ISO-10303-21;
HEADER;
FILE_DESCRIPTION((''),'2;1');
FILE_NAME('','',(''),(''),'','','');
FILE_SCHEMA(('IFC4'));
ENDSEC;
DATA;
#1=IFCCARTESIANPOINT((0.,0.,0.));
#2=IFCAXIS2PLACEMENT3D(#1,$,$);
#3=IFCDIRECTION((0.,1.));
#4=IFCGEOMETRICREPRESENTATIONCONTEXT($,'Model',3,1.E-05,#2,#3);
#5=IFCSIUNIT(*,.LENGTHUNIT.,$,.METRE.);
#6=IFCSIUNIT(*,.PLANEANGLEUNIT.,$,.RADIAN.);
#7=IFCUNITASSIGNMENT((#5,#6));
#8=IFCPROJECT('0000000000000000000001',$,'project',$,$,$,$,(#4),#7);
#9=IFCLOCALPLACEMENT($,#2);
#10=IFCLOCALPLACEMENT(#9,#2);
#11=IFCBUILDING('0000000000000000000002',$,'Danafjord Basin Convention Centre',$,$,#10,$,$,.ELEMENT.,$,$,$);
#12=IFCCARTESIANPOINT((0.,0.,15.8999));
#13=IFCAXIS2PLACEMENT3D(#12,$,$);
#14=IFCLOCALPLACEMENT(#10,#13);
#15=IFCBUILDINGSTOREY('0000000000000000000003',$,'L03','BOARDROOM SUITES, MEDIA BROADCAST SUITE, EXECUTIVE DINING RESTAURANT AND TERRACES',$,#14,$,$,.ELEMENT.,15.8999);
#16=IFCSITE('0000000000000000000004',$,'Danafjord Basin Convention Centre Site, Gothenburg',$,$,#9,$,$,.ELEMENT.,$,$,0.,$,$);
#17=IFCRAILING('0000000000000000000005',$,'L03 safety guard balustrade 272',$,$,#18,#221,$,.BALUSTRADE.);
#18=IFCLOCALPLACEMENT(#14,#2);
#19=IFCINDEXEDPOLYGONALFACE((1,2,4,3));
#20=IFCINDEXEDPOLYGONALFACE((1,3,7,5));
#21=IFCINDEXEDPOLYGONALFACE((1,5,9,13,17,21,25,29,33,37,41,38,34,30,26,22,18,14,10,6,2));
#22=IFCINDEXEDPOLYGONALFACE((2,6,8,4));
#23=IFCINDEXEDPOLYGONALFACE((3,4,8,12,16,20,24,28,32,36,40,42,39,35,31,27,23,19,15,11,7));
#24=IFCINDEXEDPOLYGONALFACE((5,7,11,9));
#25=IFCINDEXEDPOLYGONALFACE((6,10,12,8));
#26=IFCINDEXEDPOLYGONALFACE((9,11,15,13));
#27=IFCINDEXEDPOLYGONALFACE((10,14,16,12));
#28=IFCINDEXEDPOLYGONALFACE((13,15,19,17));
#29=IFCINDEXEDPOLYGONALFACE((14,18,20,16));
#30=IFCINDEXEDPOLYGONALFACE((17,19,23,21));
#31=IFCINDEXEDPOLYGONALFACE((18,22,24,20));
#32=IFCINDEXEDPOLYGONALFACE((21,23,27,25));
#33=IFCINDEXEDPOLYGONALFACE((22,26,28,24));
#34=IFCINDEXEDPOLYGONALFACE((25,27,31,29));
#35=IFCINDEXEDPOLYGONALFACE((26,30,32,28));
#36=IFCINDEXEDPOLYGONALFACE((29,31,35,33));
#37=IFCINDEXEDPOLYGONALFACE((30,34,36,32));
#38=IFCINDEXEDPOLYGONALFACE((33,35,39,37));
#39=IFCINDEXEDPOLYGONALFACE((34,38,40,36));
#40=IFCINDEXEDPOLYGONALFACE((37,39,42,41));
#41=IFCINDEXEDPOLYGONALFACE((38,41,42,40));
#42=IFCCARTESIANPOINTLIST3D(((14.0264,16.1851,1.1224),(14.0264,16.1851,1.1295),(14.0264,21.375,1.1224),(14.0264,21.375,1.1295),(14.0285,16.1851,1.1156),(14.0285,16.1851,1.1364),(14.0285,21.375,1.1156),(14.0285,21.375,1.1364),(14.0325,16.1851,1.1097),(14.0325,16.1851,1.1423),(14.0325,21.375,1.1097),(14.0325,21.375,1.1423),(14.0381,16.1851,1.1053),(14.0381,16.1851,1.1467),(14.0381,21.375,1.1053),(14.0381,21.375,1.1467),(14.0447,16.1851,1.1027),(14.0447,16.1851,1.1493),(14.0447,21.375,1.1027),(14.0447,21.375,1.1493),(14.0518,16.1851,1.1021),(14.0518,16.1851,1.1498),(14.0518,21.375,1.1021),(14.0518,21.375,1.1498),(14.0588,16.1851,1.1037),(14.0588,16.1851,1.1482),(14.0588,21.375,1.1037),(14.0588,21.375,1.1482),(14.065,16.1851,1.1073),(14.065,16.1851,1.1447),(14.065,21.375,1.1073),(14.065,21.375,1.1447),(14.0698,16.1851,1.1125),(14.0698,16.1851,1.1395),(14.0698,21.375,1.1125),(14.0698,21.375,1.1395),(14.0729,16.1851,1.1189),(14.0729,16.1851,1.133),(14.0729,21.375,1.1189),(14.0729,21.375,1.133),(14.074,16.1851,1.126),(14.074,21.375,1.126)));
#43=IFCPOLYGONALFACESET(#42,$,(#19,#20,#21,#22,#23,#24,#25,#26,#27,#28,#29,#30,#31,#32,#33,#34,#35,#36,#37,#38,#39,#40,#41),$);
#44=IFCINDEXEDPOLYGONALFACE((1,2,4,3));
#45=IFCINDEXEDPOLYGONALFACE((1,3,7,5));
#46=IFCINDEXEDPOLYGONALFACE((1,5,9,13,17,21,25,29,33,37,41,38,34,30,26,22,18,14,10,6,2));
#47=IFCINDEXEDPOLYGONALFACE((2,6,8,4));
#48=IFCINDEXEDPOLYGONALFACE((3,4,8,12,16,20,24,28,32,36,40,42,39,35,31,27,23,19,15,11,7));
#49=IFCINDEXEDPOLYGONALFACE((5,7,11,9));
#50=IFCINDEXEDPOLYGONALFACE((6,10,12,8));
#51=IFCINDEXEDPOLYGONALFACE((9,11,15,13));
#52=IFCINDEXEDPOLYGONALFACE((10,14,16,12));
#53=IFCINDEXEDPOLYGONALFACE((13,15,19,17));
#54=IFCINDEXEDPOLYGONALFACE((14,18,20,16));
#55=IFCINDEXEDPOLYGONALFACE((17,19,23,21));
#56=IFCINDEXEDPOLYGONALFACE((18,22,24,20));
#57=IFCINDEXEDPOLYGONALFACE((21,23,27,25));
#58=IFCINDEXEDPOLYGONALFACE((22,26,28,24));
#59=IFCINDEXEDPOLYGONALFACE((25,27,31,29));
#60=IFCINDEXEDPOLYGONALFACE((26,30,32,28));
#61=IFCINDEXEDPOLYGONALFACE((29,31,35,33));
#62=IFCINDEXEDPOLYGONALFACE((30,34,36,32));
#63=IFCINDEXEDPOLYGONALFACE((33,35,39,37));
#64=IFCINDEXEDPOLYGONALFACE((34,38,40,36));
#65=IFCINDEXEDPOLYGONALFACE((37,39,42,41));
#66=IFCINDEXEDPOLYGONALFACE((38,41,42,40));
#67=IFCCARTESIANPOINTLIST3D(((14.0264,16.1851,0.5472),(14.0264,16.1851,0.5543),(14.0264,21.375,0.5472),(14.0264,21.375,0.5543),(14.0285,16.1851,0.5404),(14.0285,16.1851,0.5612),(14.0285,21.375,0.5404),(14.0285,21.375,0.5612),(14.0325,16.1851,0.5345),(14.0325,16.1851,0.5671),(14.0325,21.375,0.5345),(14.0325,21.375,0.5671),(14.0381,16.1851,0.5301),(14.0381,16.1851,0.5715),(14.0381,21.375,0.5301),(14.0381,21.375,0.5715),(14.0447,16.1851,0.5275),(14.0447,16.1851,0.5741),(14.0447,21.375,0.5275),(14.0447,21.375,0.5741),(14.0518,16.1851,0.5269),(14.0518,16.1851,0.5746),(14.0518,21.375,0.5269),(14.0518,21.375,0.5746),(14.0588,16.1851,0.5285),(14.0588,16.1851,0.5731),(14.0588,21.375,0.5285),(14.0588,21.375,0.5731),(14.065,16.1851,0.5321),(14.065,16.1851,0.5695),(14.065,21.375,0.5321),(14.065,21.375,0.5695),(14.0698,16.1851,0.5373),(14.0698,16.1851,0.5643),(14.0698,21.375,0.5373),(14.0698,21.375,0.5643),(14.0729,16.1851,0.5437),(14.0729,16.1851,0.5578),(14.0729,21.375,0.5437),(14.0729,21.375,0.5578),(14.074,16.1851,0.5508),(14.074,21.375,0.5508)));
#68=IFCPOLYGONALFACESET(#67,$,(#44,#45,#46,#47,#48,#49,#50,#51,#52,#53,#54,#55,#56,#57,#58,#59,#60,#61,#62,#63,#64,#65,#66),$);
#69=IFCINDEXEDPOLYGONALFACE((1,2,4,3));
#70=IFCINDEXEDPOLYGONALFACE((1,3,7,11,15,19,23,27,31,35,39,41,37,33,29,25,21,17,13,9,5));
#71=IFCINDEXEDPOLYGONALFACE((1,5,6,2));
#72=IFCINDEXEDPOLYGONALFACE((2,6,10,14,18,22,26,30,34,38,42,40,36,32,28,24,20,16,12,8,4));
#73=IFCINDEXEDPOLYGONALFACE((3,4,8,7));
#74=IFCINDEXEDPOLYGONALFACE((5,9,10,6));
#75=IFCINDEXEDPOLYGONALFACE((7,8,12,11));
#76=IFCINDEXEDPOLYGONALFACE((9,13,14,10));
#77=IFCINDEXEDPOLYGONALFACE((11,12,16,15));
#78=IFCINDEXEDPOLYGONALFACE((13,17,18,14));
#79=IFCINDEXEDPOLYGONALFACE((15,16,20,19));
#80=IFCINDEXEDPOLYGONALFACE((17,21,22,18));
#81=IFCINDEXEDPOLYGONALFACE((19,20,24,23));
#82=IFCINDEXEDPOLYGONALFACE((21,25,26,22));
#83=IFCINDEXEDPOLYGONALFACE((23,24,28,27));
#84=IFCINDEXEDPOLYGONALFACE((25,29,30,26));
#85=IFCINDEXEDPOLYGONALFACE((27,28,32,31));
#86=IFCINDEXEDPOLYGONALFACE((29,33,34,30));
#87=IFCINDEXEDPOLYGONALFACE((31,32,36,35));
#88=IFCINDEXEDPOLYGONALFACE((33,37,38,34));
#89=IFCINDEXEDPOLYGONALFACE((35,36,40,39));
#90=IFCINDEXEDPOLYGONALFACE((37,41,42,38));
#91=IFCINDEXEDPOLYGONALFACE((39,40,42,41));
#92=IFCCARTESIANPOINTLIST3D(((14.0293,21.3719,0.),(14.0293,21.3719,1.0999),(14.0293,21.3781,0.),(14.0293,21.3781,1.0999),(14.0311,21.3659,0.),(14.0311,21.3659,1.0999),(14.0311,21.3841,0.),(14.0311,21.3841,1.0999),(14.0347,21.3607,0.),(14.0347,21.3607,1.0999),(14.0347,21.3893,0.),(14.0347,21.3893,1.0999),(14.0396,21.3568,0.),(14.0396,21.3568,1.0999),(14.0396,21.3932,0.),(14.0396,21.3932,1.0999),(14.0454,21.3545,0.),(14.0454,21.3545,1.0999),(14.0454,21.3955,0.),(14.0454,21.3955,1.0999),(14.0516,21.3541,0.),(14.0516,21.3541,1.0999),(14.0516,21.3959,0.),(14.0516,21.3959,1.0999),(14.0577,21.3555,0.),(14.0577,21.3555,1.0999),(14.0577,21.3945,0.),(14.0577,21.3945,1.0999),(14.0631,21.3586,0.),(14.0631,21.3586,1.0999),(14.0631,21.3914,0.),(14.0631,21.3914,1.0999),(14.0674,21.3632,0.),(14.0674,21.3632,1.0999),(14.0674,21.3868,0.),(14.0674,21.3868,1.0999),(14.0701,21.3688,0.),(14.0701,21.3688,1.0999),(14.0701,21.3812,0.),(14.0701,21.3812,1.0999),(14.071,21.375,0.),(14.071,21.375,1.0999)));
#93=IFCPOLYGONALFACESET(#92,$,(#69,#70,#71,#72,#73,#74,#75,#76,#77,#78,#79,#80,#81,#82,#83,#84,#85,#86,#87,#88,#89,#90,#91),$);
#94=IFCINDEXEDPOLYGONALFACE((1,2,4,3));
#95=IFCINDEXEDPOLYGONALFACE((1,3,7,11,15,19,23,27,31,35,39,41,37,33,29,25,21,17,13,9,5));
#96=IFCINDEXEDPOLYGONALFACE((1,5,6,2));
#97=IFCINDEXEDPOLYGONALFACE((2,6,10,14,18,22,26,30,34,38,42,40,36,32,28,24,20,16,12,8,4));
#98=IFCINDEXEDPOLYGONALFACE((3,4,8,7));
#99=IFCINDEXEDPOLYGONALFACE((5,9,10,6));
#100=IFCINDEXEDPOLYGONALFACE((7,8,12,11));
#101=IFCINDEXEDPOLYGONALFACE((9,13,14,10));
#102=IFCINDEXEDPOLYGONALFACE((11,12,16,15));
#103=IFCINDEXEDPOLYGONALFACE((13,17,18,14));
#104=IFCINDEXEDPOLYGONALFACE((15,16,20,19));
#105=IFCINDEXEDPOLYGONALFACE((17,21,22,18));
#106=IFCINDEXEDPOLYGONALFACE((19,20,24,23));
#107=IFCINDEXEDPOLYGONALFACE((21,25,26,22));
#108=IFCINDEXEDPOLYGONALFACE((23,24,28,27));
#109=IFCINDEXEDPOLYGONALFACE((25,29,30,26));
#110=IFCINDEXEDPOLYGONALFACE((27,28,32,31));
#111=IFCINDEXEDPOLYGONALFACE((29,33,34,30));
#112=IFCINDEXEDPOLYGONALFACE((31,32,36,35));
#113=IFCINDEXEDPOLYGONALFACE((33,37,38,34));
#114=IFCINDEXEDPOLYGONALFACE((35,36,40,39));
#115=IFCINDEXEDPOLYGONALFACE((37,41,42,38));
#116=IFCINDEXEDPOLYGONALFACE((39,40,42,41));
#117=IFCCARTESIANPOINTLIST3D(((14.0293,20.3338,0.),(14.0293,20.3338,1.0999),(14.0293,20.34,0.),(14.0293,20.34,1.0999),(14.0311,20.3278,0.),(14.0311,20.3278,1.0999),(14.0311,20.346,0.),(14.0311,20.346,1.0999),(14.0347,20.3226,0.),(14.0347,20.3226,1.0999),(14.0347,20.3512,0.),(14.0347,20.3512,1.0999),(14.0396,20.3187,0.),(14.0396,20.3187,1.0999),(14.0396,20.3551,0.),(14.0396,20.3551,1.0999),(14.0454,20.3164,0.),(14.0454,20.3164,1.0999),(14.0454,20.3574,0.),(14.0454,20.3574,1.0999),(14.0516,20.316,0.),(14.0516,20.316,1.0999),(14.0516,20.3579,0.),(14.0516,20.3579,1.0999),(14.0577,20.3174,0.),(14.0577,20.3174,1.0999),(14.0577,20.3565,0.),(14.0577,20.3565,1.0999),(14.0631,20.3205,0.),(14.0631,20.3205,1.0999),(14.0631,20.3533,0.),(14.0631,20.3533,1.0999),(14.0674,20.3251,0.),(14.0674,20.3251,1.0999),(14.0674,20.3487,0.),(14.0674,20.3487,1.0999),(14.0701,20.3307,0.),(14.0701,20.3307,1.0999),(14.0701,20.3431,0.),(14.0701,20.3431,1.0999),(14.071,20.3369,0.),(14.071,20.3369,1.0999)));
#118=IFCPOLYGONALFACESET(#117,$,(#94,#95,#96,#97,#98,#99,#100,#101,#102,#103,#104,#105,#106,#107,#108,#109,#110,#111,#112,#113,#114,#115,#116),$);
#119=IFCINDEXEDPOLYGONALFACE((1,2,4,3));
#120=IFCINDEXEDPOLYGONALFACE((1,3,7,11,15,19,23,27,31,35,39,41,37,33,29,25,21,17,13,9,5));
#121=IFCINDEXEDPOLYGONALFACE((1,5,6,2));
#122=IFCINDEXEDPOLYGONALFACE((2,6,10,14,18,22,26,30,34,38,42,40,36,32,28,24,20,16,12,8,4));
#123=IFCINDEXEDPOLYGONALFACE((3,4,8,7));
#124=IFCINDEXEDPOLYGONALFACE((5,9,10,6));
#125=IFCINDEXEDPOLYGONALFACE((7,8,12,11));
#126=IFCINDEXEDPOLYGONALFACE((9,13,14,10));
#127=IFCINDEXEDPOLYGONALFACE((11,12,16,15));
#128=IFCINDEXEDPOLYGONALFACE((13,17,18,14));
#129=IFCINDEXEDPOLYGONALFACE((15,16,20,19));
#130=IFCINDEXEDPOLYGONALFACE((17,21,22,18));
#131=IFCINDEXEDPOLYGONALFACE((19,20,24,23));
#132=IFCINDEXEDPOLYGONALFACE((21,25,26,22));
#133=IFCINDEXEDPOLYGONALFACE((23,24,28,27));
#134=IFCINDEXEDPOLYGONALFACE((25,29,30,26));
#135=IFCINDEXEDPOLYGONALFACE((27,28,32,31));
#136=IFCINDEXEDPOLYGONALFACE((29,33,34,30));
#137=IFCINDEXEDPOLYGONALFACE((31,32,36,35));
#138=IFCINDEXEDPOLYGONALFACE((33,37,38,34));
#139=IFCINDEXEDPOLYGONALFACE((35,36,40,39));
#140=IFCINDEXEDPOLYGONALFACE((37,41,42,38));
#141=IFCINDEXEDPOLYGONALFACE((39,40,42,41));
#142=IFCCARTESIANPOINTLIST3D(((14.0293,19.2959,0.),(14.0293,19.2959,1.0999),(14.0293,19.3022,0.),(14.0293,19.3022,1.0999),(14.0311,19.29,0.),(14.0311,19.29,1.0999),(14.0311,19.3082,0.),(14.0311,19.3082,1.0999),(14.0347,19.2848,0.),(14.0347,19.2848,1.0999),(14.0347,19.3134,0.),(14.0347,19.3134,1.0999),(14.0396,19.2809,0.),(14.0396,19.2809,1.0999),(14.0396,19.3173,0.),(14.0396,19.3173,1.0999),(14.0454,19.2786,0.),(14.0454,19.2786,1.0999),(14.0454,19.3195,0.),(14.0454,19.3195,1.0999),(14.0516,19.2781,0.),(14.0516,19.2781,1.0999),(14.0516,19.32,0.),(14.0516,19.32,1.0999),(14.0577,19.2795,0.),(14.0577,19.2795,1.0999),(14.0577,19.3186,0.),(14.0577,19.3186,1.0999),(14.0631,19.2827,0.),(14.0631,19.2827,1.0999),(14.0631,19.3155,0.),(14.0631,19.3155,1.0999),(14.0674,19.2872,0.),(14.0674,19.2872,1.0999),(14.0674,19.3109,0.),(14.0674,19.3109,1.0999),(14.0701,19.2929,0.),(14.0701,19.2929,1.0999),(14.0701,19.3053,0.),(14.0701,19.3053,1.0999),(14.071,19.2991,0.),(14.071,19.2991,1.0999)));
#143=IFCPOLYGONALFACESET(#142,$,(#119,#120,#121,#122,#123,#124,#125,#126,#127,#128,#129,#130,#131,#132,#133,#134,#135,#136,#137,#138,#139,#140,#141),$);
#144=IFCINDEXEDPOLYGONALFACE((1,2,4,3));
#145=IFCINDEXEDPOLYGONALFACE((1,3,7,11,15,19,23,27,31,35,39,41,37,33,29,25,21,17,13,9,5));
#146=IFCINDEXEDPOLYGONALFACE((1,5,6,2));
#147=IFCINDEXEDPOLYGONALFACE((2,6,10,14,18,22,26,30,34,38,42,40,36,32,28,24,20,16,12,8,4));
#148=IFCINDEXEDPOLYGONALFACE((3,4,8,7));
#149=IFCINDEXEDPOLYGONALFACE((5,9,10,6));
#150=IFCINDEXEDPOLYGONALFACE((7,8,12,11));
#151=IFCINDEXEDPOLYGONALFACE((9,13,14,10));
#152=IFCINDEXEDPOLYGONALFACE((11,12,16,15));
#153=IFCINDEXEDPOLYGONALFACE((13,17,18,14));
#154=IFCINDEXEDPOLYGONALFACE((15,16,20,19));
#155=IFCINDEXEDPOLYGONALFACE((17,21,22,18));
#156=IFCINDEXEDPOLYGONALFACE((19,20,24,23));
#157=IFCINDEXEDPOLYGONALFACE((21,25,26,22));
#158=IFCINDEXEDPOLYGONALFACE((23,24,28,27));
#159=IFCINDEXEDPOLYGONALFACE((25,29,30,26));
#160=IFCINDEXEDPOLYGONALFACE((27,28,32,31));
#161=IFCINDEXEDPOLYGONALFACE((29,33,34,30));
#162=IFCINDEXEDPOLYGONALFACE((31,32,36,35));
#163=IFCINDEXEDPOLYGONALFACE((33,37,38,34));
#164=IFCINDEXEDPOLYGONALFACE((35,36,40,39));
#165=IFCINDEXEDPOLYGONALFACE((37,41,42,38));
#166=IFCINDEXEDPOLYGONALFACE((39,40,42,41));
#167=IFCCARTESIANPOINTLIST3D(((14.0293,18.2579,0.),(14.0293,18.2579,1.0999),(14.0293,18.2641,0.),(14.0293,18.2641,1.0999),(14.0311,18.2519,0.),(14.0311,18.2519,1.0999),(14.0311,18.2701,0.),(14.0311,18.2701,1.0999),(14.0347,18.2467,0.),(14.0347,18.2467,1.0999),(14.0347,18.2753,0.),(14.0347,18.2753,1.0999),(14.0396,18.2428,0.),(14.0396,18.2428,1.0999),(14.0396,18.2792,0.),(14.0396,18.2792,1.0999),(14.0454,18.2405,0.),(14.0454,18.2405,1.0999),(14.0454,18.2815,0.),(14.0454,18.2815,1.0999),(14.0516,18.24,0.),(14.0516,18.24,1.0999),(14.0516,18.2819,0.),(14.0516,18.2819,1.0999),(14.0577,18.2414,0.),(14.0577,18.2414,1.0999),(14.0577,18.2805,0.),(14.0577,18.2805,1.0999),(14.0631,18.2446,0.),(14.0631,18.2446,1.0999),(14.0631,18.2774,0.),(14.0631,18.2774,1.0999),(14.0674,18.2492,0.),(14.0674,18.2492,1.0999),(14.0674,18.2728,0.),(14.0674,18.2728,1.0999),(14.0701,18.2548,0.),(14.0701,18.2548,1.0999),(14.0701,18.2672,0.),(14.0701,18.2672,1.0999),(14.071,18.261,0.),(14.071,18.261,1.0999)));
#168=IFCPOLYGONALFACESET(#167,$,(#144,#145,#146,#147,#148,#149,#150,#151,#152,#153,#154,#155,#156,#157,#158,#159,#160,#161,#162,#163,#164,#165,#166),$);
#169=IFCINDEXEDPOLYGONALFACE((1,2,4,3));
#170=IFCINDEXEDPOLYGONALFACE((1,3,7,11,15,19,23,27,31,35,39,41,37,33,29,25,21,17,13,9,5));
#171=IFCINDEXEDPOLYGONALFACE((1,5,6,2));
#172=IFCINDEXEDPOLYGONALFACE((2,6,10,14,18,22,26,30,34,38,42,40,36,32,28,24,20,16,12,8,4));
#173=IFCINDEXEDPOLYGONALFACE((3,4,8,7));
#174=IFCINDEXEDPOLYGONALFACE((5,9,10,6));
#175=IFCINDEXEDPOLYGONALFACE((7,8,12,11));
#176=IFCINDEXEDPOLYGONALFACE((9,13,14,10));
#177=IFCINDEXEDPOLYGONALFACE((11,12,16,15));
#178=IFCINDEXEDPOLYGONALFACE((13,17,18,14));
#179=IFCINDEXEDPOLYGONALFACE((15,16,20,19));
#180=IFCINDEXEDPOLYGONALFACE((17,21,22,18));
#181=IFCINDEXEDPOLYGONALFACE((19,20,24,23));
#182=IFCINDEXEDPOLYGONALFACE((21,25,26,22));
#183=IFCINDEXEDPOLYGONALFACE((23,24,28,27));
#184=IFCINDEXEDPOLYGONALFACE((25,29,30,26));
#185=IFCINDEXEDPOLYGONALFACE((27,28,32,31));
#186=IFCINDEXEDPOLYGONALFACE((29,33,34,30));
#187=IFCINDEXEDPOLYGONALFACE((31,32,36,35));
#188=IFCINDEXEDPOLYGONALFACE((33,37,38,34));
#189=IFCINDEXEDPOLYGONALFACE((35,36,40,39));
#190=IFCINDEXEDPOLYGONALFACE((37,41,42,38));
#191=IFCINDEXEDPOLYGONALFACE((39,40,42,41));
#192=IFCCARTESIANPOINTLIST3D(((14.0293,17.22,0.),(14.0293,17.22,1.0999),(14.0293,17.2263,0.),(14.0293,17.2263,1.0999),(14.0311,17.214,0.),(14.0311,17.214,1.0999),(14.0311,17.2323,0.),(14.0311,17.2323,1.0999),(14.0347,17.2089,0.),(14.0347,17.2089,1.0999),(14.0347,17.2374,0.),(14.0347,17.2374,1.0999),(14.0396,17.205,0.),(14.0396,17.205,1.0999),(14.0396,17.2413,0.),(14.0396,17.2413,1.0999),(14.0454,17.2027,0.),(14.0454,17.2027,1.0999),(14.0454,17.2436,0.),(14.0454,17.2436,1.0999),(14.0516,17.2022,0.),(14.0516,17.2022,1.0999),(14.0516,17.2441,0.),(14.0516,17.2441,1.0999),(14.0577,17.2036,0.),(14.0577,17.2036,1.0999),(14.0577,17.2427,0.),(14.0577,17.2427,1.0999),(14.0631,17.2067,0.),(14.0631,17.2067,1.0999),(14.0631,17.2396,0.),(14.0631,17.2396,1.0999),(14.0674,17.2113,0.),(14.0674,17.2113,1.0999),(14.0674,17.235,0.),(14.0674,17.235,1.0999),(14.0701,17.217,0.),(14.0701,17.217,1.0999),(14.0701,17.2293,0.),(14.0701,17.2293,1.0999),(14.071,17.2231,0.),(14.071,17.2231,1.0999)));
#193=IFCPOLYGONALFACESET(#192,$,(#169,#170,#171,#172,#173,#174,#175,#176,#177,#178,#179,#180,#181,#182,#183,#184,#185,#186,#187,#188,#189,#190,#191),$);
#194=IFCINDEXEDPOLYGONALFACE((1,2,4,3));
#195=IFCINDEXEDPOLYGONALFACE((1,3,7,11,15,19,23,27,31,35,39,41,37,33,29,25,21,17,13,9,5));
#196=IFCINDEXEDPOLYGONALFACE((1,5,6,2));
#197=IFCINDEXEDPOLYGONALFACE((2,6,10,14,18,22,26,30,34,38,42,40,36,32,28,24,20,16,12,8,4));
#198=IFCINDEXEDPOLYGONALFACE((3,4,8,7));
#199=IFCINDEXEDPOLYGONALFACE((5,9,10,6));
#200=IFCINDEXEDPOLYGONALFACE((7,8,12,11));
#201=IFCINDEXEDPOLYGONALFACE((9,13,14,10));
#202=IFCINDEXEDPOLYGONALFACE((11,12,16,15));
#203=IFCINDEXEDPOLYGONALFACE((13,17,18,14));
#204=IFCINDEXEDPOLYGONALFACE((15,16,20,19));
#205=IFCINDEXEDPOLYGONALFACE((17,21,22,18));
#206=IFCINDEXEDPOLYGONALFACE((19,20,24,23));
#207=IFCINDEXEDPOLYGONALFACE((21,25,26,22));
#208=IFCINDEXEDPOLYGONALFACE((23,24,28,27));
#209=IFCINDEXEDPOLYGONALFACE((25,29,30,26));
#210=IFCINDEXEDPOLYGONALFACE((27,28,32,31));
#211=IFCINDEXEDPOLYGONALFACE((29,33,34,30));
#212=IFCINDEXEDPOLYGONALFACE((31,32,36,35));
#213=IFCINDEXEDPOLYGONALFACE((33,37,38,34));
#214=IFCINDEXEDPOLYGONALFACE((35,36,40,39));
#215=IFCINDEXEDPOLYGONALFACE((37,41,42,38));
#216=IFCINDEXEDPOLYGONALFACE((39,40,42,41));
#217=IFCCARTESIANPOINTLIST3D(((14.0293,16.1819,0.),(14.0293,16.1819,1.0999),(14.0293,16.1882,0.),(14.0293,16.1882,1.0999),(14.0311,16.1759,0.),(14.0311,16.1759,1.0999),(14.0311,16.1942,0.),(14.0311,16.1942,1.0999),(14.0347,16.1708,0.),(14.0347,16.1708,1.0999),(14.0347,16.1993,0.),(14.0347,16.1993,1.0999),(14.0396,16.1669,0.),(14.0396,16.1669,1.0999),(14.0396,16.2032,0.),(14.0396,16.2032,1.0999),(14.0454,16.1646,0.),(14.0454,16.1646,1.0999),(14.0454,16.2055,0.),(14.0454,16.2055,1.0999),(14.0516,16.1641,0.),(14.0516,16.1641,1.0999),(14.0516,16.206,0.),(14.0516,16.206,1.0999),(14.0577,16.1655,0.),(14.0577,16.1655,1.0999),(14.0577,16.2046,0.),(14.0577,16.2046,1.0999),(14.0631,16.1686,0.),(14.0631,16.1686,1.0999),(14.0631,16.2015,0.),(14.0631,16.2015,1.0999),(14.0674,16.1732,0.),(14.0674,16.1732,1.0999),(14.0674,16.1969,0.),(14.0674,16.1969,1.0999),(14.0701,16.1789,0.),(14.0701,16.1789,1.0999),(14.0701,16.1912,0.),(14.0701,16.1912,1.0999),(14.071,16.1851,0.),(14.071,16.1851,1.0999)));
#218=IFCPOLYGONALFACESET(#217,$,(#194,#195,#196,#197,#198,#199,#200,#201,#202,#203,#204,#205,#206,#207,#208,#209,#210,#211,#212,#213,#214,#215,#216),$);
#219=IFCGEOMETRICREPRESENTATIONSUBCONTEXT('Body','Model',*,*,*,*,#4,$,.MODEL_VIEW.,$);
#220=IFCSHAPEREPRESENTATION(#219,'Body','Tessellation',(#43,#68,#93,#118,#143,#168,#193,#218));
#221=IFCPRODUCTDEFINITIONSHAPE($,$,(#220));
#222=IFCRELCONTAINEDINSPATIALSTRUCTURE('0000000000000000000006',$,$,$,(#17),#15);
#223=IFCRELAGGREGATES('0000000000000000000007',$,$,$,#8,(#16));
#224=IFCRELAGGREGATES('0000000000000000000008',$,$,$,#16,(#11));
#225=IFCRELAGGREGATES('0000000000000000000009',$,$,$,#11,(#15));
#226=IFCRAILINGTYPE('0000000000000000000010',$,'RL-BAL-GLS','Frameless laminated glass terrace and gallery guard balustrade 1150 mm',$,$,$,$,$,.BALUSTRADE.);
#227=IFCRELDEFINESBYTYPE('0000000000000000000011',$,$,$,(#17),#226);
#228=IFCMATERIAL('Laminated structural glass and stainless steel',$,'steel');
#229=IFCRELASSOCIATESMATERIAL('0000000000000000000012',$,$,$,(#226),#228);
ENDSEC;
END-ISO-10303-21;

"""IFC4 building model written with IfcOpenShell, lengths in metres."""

from ifc_helpers import new_model, si_unit, direction, frame, origin, origin_2d, place, context, subcontext, project, spatial, circle, extrude, material, type_object, element, save


model = new_model("IFC4")

# Units and contexts
model_context = context("Model", 3, precision=1e-05, world=origin(), true_north=direction((0.0, 1.0)))
body_context = subcontext(model_context, "Body", "Model", "MODEL_VIEW")
ifc_project = project(units=[si_unit("LENGTHUNIT", "METRE"), si_unit("PLANEANGLEUNIT", "RADIAN")], contexts=[model_context])

# Site, building, storey
site_placement = place(None, origin())
site = spatial("IfcSite", under=ifc_project, at=site_placement, Name="Danafjord Basin Convention Centre Site, Gothenburg", CompositionType="ELEMENT", RefElevation=0.0)
building_placement = place(site_placement, origin())
building = spatial("IfcBuilding", under=site, at=building_placement, Name="Danafjord Basin Convention Centre", CompositionType="ELEMENT")
storey_placement = place(building_placement, frame((0.0, 0.0, 15.8999)))
storey = spatial("IfcBuildingStorey", under=building, at=storey_placement, Name="L03", Description="BOARDROOM SUITES, MEDIA BROADCAST SUITE, EXECUTIVE DINING RESTAURANT AND TERRACES", CompositionType="ELEMENT", Elevation=15.8999)

# Railing
ifc_material_1 = material(Name="Laminated structural glass and stainless steel", Category="steel")
railing_type_1 = type_object("IfcRailingType", Name="RL-BAL-GLS", Description="Frameless laminated glass terrace and gallery guard balustrade 1150 mm", PredefinedType="BALUSTRADE", material=ifc_material_1)
railing_1_placement = place(storey_placement, frame((14.05, 21.375, 0.0)))
element("IfcRailing", 1, at=railing_1_placement, inside=storey, type_object=railing_type_1, Name="L03 safety guard balustrade 272", PredefinedType="BALUSTRADE", context=body_context, shape_type="SweptSolid", body=[
    extrude(circle(Radius=0.0239, at=origin_2d()), frame((0.0, 0.0, 1.126), z_axis=(0.0, -1.0, 0.0), x_axis=(1.0, 0.0, 0.0)), (0.0, 0.0, 1.0), 5.1899),
    extrude(circle(Radius=0.0239, at=origin_2d()), frame((0.0, 0.0, 0.5508), z_axis=(0.0, -1.0, 0.0), x_axis=(1.0, 0.0, 0.0)), (0.0, 0.0, 1.0), 5.1899),
    extrude(circle(Radius=0.021, at=origin_2d()), origin(), (0.0, 0.0, 1.0), 1.0999),
    extrude(circle(Radius=0.021, at=origin_2d()), frame((0.0, -1.0381, 0.0)), (0.0, 0.0, 1.0), 1.0999),
    extrude(circle(Radius=0.021, at=origin_2d()), frame((0.0, -2.0759, 0.0)), (0.0, 0.0, 1.0), 1.0999),
    extrude(circle(Radius=0.021, at=origin_2d()), frame((0.0, -3.114, 0.0)), (0.0, 0.0, 1.0), 1.0999),
    extrude(circle(Radius=0.021, at=origin_2d()), frame((0.0, -4.1519, 0.0)), (0.0, 0.0, 1.0), 1.0999),
    extrude(circle(Radius=0.021, at=origin_2d()), frame((0.0, -5.1899, 0.0)), (0.0, 0.0, 1.0), 1.0999),
])

save(model, "model.ifc")
